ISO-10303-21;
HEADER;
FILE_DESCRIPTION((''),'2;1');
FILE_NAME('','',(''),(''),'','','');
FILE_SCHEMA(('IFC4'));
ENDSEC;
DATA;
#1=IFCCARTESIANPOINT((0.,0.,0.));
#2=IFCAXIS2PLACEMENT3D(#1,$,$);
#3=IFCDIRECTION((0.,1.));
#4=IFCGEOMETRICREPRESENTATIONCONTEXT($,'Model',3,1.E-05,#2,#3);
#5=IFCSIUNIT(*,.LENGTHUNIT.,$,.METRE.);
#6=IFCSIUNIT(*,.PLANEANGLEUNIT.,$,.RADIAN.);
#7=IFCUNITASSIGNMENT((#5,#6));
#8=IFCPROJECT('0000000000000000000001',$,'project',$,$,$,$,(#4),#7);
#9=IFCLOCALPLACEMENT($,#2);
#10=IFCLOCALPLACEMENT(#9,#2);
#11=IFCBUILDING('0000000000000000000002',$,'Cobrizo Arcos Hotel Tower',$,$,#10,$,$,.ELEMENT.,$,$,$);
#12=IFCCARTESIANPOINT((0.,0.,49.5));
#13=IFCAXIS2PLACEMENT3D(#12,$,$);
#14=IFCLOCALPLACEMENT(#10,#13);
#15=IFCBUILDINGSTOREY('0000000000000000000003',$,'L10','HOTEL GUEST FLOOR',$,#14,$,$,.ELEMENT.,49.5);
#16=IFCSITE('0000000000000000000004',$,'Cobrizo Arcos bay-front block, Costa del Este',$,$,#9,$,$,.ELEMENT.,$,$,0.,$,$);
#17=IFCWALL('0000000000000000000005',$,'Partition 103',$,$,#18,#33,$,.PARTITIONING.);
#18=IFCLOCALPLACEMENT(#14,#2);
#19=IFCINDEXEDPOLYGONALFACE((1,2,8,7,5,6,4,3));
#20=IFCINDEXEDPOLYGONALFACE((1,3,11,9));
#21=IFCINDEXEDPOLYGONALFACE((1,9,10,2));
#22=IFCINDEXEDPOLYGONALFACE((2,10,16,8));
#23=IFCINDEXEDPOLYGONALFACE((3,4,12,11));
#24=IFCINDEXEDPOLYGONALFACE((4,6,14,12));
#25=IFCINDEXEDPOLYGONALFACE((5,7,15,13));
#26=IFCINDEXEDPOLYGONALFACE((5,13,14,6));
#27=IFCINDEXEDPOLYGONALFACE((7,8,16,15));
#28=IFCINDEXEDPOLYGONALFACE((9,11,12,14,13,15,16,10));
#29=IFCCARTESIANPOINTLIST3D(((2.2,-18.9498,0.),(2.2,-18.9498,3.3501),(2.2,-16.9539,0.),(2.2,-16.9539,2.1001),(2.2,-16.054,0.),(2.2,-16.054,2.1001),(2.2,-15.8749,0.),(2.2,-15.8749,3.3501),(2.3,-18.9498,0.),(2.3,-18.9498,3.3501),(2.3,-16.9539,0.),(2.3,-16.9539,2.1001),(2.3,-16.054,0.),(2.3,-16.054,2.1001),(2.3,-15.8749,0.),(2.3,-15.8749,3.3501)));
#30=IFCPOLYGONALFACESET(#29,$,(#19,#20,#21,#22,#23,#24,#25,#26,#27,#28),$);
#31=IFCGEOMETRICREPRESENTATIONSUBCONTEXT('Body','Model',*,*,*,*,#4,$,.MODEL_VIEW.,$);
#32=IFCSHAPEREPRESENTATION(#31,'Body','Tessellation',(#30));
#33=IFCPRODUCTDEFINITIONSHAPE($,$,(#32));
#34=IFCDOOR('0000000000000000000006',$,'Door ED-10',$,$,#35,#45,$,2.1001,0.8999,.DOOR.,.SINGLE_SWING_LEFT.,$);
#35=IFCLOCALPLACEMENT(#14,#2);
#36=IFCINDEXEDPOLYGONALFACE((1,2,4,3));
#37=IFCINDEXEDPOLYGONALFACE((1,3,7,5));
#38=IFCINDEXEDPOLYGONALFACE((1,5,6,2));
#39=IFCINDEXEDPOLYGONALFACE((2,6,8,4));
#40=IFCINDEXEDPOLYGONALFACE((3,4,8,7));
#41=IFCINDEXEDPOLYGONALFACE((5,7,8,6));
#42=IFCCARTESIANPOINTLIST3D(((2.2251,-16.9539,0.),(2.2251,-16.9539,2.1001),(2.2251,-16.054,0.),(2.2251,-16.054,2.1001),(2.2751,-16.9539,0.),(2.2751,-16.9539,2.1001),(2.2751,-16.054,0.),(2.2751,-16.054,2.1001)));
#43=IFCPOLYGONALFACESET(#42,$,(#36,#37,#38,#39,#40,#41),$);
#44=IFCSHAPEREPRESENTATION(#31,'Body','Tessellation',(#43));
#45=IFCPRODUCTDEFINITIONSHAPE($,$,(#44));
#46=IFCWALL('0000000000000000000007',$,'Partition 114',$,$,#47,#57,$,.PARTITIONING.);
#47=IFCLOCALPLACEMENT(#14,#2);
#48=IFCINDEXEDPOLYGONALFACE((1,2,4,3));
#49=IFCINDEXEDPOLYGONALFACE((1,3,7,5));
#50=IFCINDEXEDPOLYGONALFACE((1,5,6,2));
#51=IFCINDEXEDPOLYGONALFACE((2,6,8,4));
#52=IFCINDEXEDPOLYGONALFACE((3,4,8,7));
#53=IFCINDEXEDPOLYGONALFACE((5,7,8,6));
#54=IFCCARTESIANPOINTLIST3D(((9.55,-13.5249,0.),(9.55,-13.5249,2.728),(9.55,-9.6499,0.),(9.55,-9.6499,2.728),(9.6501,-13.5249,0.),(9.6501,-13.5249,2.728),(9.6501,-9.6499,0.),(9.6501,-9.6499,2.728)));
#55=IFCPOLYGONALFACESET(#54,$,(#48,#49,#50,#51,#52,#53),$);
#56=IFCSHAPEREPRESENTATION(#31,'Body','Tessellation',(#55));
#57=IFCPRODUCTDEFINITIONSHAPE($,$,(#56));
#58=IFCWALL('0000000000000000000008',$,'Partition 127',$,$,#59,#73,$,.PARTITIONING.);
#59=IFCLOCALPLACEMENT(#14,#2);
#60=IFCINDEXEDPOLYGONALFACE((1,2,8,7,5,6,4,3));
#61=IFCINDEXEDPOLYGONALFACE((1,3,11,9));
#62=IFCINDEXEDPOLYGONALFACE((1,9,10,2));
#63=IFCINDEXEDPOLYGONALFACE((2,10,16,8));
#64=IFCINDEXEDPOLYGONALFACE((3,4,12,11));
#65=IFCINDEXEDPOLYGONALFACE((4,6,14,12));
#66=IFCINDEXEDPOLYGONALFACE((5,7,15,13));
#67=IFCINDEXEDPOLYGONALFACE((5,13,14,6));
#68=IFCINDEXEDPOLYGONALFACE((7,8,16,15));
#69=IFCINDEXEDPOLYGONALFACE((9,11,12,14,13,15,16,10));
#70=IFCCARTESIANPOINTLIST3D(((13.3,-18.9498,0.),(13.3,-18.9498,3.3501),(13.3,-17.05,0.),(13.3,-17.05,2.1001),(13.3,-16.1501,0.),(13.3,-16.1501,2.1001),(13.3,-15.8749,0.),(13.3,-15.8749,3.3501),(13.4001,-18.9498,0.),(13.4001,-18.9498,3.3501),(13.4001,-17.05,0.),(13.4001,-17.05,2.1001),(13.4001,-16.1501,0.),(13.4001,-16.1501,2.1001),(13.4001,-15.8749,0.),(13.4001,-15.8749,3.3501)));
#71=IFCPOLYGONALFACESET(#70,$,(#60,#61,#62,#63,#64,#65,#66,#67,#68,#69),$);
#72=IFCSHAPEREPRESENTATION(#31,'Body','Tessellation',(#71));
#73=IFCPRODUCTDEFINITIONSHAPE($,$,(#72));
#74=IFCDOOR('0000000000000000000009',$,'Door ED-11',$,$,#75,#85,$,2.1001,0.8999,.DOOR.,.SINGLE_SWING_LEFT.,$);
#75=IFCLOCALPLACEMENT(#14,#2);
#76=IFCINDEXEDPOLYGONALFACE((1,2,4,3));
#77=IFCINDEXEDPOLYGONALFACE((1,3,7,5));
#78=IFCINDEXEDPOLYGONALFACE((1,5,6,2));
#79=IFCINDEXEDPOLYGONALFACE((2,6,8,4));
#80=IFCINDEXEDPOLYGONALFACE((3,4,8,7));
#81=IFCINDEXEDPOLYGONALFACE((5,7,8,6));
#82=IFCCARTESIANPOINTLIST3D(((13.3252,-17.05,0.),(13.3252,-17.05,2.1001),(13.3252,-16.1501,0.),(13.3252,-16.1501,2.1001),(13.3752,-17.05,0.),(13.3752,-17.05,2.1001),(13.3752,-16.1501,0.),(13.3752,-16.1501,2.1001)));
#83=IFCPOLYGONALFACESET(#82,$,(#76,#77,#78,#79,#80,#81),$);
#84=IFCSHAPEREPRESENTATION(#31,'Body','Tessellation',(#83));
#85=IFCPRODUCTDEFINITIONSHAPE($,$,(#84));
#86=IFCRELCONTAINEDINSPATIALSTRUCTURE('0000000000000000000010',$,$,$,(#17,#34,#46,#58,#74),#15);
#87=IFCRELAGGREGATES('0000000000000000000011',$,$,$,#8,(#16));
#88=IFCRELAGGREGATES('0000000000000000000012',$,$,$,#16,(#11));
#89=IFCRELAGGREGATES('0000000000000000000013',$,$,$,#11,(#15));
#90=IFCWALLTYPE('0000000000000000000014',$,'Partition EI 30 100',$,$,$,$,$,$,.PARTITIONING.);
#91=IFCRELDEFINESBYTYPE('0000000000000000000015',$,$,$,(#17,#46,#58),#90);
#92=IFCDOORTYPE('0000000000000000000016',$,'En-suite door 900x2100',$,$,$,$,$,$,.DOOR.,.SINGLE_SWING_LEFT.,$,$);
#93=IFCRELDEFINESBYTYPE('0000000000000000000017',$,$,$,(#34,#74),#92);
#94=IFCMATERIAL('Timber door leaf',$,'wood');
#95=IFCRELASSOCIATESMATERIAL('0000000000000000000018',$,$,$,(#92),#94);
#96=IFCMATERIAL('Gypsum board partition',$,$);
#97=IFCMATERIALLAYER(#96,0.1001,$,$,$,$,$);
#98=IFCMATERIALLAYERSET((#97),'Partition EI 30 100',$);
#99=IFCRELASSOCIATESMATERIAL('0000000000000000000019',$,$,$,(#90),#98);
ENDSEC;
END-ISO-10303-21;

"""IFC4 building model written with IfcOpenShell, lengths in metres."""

from ifc_helpers import new_model, si_unit, direction, frame, frame_2d, origin, place, context, subcontext, project, spatial, rectangle, extrude, material, layer, layer_set, type_object, element, fill, save


model = new_model("IFC4")

# Units and contexts
model_context = context("Model", 3, precision=1e-05, world=origin(), true_north=direction((0.0, 1.0)))
body_context = subcontext(model_context, "Body", "Model", "MODEL_VIEW")
ifc_project = project(units=[si_unit("LENGTHUNIT", "METRE"), si_unit("PLANEANGLEUNIT", "RADIAN")], contexts=[model_context])

# Site, building, storey
site_placement = place(None, origin())
site = spatial("IfcSite", under=ifc_project, at=site_placement, Name="Cobrizo Arcos bay-front block, Costa del Este", CompositionType="ELEMENT", RefElevation=0.0)
building_placement = place(site_placement, origin())
building = spatial("IfcBuilding", under=site, at=building_placement, Name="Cobrizo Arcos Hotel Tower", CompositionType="ELEMENT")
storey_placement = place(building_placement, frame((0.0, 0.0, 49.5)))
storey = spatial("IfcBuildingStorey", under=building, at=storey_placement, Name="L10", Description="HOTEL GUEST FLOOR", CompositionType="ELEMENT", Elevation=49.5)

# Shared definitions
ifc_material_1 = material(Name="Gypsum board partition")
ifc_material_2 = material(Name="Timber door leaf", Category="wood")

# Shared definitions
door_type_1 = type_object("IfcDoorType", Name="En-suite door 900x2100", OperationType="SINGLE_SWING_LEFT", PredefinedType="DOOR", material=ifc_material_2)

# Shared definitions
ifc_layer_1 = layer(ifc_material_1, 0.1001)
ifc_layer_set_1 = layer_set([ifc_layer_1], Name="Partition EI 30 100")
wall_type_1 = type_object("IfcWallType", Name="Partition EI 30 100", PredefinedType="PARTITIONING", material=ifc_layer_set_1)

# Wall, opening, door
wall_1_placement = place(storey_placement, frame((2.25, -18.95, 0.0), z_axis=(0.0, 0.0, 1.0), x_axis=(0.0, 1.0, 0.0)))
wall_1 = element("IfcWall", 1, at=wall_1_placement, inside=storey, type_object=wall_type_1, Name="Partition 103", PredefinedType="PARTITIONING", context=body_context, shape_type="SweptSolid", body=[
    extrude(rectangle(XDim=3.075, YDim=0.1001, at=frame_2d((1.5376, 0.0))), origin(), (0.0, 0.0, 1.0), 3.3501),
])
opening_1_placement = place(wall_1_placement, frame((1.9961, 0.0, 0.0)))
opening_1 = element("IfcOpeningElement", 2, at=opening_1_placement, cuts=wall_1, PredefinedType="OPENING", context=body_context, shape_type="SweptSolid", body=[
    extrude(rectangle(XDim=0.8999, YDim=2.1001, at=frame_2d((0.45, 1.05))), frame((0.0, 0.062, 0.0), z_axis=(0.0, -1.0, 0.0), x_axis=(1.0, 0.0, 0.0)), (0.0, 0.0, 1.0), 0.124),
])
door_1_placement = place(opening_1_placement, origin())
door_1 = element("IfcDoor", 3, at=door_1_placement, inside=storey, type_object=door_type_1, Name="Door ED-10", OperationType="SINGLE_SWING_LEFT", OverallHeight=2.1001, OverallWidth=0.8999, PredefinedType="DOOR", context=body_context, shape_type="SweptSolid", body=[
    extrude(rectangle(XDim=0.8999, YDim=2.1001, at=frame_2d((0.45, 1.05))), frame((0.0, 0.0249, 0.0), z_axis=(0.0, -1.0, 0.0), x_axis=(1.0, 0.0, 0.0)), (0.0, 0.0, 1.0), 0.05),
])
fill(opening_1, door_1)

# Wall
wall_2_placement = place(storey_placement, frame((9.6001, -13.5249, 0.0), z_axis=(0.0, 0.0, 1.0), x_axis=(0.0, 1.0, 0.0)))
element("IfcWall", 4, at=wall_2_placement, inside=storey, type_object=wall_type_1, Name="Partition 114", PredefinedType="PARTITIONING", context=body_context, shape_type="SweptSolid", body=[
    extrude(rectangle(XDim=3.875, YDim=0.1001, at=frame_2d((1.9375, 0.0))), origin(), (0.0, 0.0, 1.0), 2.728),
])

# Wall, opening, door
wall_3_placement = place(storey_placement, frame((13.3501, -18.95, 0.0), z_axis=(0.0, 0.0, 1.0), x_axis=(0.0, 1.0, 0.0)))
wall_3 = element("IfcWall", 5, at=wall_3_placement, inside=storey, type_object=wall_type_1, Name="Partition 127", PredefinedType="PARTITIONING", context=body_context, shape_type="SweptSolid", body=[
    extrude(rectangle(XDim=3.075, YDim=0.1001, at=frame_2d((1.5376, 0.0))), origin(), (0.0, 0.0, 1.0), 3.3501),
])
opening_2_placement = place(wall_3_placement, frame((1.8999, 0.0, 0.0)))
opening_2 = element("IfcOpeningElement", 6, at=opening_2_placement, cuts=wall_3, PredefinedType="OPENING", context=body_context, shape_type="SweptSolid", body=[
    extrude(rectangle(XDim=0.8999, YDim=2.1001, at=frame_2d((0.45, 1.05))), frame((0.0, 0.062, 0.0), z_axis=(0.0, -1.0, 0.0), x_axis=(1.0, 0.0, 0.0)), (0.0, 0.0, 1.0), 0.124),
])
door_2_placement = place(opening_2_placement, origin())
door_2 = element("IfcDoor", 7, at=door_2_placement, inside=storey, type_object=door_type_1, Name="Door ED-11", OperationType="SINGLE_SWING_LEFT", OverallHeight=2.1001, OverallWidth=0.8999, PredefinedType="DOOR", context=body_context, shape_type="SweptSolid", body=[
    extrude(rectangle(XDim=0.8999, YDim=2.1001, at=frame_2d((0.45, 1.05))), frame((0.0, 0.0249, 0.0), z_axis=(0.0, -1.0, 0.0), x_axis=(1.0, 0.0, 0.0)), (0.0, 0.0, 1.0), 0.05),
])
fill(opening_2, door_2)

save(model, "model.ifc")
